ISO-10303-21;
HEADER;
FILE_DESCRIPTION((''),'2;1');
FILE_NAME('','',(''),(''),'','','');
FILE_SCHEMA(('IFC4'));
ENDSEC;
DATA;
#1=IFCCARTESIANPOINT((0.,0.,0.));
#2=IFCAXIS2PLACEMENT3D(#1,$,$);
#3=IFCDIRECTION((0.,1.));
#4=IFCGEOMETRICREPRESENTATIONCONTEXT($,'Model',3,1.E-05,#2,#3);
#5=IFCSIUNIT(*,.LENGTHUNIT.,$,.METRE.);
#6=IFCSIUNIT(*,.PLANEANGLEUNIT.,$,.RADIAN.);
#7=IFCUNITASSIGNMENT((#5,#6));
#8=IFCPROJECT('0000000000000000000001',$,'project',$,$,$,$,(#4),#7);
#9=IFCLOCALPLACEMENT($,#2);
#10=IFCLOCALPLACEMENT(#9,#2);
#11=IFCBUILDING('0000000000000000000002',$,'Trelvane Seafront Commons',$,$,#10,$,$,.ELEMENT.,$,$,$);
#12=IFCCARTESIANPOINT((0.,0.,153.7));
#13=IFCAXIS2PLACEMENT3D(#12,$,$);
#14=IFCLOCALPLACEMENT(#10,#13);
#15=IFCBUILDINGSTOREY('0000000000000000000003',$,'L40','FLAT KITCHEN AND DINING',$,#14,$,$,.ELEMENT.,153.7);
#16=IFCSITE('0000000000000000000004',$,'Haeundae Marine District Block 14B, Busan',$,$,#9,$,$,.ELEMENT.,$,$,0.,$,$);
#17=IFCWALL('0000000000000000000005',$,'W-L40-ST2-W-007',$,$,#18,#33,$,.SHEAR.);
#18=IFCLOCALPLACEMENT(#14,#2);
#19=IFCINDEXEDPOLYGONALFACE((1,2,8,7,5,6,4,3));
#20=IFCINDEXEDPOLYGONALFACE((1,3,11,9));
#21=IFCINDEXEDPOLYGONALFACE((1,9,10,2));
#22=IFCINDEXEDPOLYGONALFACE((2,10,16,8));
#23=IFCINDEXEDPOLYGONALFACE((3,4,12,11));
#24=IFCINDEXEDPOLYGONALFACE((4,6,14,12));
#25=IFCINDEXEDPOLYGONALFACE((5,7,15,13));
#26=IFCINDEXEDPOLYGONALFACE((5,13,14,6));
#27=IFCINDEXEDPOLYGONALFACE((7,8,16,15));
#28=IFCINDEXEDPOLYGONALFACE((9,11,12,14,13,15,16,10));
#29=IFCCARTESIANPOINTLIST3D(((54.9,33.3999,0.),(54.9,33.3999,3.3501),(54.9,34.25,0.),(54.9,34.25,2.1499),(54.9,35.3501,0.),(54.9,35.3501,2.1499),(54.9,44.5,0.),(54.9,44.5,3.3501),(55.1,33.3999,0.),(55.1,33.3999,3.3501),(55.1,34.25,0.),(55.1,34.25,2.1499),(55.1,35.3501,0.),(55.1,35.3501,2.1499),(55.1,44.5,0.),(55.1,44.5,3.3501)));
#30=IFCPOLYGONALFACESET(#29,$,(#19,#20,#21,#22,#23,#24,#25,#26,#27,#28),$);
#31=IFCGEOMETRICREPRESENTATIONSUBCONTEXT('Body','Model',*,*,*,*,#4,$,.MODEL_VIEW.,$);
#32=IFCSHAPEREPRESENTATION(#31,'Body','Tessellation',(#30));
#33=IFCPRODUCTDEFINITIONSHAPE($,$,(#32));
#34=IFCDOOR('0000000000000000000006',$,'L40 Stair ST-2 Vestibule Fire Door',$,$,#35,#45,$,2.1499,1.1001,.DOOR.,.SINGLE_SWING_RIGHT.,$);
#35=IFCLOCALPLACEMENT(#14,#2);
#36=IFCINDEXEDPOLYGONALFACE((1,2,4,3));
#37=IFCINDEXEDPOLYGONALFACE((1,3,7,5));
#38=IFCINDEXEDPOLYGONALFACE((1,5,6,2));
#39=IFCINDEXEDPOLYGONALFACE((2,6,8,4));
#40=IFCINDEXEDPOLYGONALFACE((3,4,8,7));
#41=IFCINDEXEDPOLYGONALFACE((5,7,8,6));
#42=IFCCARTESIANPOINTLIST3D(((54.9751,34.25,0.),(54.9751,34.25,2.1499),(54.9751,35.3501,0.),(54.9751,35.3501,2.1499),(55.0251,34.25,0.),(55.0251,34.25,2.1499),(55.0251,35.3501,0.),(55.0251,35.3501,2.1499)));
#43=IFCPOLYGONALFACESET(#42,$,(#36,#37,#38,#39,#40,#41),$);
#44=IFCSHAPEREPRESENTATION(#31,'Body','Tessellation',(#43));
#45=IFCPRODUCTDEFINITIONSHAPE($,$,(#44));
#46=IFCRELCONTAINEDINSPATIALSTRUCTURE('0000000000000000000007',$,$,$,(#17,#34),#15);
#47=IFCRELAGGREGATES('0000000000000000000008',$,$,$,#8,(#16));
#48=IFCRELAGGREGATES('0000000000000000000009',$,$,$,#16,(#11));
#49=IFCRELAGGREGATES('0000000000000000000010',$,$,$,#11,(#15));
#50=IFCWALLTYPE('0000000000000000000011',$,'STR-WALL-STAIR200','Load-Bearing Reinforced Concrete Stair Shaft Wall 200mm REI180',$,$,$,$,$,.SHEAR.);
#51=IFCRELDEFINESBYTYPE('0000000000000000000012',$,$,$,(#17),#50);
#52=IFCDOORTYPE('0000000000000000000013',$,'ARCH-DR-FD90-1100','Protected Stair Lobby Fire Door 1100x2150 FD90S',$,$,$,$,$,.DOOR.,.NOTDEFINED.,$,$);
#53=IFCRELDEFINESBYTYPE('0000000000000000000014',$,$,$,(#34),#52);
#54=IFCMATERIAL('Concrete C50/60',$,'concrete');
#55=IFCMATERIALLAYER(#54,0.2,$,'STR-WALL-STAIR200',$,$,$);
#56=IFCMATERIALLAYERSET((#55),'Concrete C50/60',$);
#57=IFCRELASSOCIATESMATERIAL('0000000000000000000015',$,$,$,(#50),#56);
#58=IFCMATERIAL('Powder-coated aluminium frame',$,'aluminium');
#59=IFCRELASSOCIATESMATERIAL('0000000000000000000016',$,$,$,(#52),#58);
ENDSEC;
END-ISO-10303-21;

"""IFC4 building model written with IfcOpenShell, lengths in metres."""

from ifc_helpers import new_model, si_unit, direction, frame, frame_2d, origin, place, context, subcontext, project, spatial, rectangle, extrude, source, transform, mapped, material, layer, layer_set, type_object, element, fill, save


model = new_model("IFC4")

# Units and contexts
model_context = context("Model", 3, precision=1e-05, world=origin(), true_north=direction((0.0, 1.0)))
body_context = subcontext(model_context, "Body", "Model", "MODEL_VIEW")
ifc_project = project(units=[si_unit("LENGTHUNIT", "METRE"), si_unit("PLANEANGLEUNIT", "RADIAN")], contexts=[model_context])

# Site, building, storey
site_placement = place(None, origin())
site = spatial("IfcSite", under=ifc_project, at=site_placement, Name="Haeundae Marine District Block 14B, Busan", CompositionType="ELEMENT", RefElevation=0.0)
building_placement = place(site_placement, origin())
building = spatial("IfcBuilding", under=site, at=building_placement, Name="Trelvane Seafront Commons", CompositionType="ELEMENT")
storey_placement = place(building_placement, frame((0.0, 0.0, 153.7)))
storey = spatial("IfcBuildingStorey", under=building, at=storey_placement, Name="L40", Description="FLAT KITCHEN AND DINING", CompositionType="ELEMENT", Elevation=153.7)

# Shared definitions
ifc_material_1 = material(Name="Concrete C50/60", Category="concrete")

# Shared definitions
ifc_material_2 = material(Name="Powder-coated aluminium frame", Category="aluminium")

# Shared definitions
ifc_layer_1 = layer(ifc_material_1, 0.2, Name="STR-WALL-STAIR200")
ifc_layer_set_1 = layer_set([ifc_layer_1], Name="Concrete C50/60")
wall_type_1 = type_object("IfcWallType", Name="STR-WALL-STAIR200", Description="Load-Bearing Reinforced Concrete Stair Shaft Wall 200mm REI180", PredefinedType="SHEAR", material=ifc_layer_set_1)

# Wall, opening, door
wall_1_placement = place(storey_placement, frame((55.0, 33.3999, 0.0), z_axis=(0.0, 0.0, 1.0), x_axis=(0.0, 1.0, 0.0)))
wall_1 = element("IfcWall", 1, at=wall_1_placement, inside=storey, type_object=wall_type_1, Name="W-L40-ST2-W-007", PredefinedType="SHEAR", context=body_context, shape_type="SweptSolid", body=[
    extrude(rectangle(XDim=11.1001, YDim=0.2, at=frame_2d((5.55, 0.0))), origin(), (0.0, 0.0, 1.0), 3.3501),
])
opening_1_placement = place(wall_1_placement, frame((0.8501, 0.0, 0.0)))
opening_1 = element("IfcOpeningElement", 2, at=opening_1_placement, cuts=wall_1, PredefinedType="OPENING", context=body_context, shape_type="SweptSolid", body=[
    extrude(rectangle(XDim=1.1001, YDim=2.1499, at=frame_2d((0.55, 1.075))), frame((0.0, 0.1099, 0.0), z_axis=(0.0, -1.0, 0.0), x_axis=(1.0, 0.0, 0.0)), (0.0, 0.0, 1.0), 0.22),
])
door_type_1 = type_object("IfcDoorType", Name="ARCH-DR-FD90-1100", Description="Protected Stair Lobby Fire Door 1100x2150 FD90S", OperationType="NOTDEFINED", PredefinedType="DOOR", material=ifc_material_2)
shared_shape_1 = source(origin(), body_context, "Body", "SweptSolid", [
    extrude(rectangle(XDim=1.1001, YDim=2.1499, at=frame_2d((0.55, 1.075))), frame((0.0, 0.0249, 0.0), z_axis=(0.0, -1.0, 0.0), x_axis=(1.0, 0.0, 0.0)), (0.0, 0.0, 1.0), 0.05),
])
door_1_placement = place(opening_1_placement, origin())
door_1 = element("IfcDoor", 3, at=door_1_placement, inside=storey, type_object=door_type_1, Name="L40 Stair ST-2 Vestibule Fire Door", OperationType="SINGLE_SWING_RIGHT", OverallHeight=2.1499, OverallWidth=1.1001, PredefinedType="DOOR", context=body_context, shape_type="MappedRepresentation", body=[
    mapped(shared_shape_1, transform((0.0, 0.0, 0.0), x_axis=(1.0, 0.0, 0.0), y_axis=(0.0, 1.0, 0.0), z_axis=(0.0, 0.0, 1.0), scale=1.0)),
])
fill(opening_1, door_1)

save(model, "model.ifc")
